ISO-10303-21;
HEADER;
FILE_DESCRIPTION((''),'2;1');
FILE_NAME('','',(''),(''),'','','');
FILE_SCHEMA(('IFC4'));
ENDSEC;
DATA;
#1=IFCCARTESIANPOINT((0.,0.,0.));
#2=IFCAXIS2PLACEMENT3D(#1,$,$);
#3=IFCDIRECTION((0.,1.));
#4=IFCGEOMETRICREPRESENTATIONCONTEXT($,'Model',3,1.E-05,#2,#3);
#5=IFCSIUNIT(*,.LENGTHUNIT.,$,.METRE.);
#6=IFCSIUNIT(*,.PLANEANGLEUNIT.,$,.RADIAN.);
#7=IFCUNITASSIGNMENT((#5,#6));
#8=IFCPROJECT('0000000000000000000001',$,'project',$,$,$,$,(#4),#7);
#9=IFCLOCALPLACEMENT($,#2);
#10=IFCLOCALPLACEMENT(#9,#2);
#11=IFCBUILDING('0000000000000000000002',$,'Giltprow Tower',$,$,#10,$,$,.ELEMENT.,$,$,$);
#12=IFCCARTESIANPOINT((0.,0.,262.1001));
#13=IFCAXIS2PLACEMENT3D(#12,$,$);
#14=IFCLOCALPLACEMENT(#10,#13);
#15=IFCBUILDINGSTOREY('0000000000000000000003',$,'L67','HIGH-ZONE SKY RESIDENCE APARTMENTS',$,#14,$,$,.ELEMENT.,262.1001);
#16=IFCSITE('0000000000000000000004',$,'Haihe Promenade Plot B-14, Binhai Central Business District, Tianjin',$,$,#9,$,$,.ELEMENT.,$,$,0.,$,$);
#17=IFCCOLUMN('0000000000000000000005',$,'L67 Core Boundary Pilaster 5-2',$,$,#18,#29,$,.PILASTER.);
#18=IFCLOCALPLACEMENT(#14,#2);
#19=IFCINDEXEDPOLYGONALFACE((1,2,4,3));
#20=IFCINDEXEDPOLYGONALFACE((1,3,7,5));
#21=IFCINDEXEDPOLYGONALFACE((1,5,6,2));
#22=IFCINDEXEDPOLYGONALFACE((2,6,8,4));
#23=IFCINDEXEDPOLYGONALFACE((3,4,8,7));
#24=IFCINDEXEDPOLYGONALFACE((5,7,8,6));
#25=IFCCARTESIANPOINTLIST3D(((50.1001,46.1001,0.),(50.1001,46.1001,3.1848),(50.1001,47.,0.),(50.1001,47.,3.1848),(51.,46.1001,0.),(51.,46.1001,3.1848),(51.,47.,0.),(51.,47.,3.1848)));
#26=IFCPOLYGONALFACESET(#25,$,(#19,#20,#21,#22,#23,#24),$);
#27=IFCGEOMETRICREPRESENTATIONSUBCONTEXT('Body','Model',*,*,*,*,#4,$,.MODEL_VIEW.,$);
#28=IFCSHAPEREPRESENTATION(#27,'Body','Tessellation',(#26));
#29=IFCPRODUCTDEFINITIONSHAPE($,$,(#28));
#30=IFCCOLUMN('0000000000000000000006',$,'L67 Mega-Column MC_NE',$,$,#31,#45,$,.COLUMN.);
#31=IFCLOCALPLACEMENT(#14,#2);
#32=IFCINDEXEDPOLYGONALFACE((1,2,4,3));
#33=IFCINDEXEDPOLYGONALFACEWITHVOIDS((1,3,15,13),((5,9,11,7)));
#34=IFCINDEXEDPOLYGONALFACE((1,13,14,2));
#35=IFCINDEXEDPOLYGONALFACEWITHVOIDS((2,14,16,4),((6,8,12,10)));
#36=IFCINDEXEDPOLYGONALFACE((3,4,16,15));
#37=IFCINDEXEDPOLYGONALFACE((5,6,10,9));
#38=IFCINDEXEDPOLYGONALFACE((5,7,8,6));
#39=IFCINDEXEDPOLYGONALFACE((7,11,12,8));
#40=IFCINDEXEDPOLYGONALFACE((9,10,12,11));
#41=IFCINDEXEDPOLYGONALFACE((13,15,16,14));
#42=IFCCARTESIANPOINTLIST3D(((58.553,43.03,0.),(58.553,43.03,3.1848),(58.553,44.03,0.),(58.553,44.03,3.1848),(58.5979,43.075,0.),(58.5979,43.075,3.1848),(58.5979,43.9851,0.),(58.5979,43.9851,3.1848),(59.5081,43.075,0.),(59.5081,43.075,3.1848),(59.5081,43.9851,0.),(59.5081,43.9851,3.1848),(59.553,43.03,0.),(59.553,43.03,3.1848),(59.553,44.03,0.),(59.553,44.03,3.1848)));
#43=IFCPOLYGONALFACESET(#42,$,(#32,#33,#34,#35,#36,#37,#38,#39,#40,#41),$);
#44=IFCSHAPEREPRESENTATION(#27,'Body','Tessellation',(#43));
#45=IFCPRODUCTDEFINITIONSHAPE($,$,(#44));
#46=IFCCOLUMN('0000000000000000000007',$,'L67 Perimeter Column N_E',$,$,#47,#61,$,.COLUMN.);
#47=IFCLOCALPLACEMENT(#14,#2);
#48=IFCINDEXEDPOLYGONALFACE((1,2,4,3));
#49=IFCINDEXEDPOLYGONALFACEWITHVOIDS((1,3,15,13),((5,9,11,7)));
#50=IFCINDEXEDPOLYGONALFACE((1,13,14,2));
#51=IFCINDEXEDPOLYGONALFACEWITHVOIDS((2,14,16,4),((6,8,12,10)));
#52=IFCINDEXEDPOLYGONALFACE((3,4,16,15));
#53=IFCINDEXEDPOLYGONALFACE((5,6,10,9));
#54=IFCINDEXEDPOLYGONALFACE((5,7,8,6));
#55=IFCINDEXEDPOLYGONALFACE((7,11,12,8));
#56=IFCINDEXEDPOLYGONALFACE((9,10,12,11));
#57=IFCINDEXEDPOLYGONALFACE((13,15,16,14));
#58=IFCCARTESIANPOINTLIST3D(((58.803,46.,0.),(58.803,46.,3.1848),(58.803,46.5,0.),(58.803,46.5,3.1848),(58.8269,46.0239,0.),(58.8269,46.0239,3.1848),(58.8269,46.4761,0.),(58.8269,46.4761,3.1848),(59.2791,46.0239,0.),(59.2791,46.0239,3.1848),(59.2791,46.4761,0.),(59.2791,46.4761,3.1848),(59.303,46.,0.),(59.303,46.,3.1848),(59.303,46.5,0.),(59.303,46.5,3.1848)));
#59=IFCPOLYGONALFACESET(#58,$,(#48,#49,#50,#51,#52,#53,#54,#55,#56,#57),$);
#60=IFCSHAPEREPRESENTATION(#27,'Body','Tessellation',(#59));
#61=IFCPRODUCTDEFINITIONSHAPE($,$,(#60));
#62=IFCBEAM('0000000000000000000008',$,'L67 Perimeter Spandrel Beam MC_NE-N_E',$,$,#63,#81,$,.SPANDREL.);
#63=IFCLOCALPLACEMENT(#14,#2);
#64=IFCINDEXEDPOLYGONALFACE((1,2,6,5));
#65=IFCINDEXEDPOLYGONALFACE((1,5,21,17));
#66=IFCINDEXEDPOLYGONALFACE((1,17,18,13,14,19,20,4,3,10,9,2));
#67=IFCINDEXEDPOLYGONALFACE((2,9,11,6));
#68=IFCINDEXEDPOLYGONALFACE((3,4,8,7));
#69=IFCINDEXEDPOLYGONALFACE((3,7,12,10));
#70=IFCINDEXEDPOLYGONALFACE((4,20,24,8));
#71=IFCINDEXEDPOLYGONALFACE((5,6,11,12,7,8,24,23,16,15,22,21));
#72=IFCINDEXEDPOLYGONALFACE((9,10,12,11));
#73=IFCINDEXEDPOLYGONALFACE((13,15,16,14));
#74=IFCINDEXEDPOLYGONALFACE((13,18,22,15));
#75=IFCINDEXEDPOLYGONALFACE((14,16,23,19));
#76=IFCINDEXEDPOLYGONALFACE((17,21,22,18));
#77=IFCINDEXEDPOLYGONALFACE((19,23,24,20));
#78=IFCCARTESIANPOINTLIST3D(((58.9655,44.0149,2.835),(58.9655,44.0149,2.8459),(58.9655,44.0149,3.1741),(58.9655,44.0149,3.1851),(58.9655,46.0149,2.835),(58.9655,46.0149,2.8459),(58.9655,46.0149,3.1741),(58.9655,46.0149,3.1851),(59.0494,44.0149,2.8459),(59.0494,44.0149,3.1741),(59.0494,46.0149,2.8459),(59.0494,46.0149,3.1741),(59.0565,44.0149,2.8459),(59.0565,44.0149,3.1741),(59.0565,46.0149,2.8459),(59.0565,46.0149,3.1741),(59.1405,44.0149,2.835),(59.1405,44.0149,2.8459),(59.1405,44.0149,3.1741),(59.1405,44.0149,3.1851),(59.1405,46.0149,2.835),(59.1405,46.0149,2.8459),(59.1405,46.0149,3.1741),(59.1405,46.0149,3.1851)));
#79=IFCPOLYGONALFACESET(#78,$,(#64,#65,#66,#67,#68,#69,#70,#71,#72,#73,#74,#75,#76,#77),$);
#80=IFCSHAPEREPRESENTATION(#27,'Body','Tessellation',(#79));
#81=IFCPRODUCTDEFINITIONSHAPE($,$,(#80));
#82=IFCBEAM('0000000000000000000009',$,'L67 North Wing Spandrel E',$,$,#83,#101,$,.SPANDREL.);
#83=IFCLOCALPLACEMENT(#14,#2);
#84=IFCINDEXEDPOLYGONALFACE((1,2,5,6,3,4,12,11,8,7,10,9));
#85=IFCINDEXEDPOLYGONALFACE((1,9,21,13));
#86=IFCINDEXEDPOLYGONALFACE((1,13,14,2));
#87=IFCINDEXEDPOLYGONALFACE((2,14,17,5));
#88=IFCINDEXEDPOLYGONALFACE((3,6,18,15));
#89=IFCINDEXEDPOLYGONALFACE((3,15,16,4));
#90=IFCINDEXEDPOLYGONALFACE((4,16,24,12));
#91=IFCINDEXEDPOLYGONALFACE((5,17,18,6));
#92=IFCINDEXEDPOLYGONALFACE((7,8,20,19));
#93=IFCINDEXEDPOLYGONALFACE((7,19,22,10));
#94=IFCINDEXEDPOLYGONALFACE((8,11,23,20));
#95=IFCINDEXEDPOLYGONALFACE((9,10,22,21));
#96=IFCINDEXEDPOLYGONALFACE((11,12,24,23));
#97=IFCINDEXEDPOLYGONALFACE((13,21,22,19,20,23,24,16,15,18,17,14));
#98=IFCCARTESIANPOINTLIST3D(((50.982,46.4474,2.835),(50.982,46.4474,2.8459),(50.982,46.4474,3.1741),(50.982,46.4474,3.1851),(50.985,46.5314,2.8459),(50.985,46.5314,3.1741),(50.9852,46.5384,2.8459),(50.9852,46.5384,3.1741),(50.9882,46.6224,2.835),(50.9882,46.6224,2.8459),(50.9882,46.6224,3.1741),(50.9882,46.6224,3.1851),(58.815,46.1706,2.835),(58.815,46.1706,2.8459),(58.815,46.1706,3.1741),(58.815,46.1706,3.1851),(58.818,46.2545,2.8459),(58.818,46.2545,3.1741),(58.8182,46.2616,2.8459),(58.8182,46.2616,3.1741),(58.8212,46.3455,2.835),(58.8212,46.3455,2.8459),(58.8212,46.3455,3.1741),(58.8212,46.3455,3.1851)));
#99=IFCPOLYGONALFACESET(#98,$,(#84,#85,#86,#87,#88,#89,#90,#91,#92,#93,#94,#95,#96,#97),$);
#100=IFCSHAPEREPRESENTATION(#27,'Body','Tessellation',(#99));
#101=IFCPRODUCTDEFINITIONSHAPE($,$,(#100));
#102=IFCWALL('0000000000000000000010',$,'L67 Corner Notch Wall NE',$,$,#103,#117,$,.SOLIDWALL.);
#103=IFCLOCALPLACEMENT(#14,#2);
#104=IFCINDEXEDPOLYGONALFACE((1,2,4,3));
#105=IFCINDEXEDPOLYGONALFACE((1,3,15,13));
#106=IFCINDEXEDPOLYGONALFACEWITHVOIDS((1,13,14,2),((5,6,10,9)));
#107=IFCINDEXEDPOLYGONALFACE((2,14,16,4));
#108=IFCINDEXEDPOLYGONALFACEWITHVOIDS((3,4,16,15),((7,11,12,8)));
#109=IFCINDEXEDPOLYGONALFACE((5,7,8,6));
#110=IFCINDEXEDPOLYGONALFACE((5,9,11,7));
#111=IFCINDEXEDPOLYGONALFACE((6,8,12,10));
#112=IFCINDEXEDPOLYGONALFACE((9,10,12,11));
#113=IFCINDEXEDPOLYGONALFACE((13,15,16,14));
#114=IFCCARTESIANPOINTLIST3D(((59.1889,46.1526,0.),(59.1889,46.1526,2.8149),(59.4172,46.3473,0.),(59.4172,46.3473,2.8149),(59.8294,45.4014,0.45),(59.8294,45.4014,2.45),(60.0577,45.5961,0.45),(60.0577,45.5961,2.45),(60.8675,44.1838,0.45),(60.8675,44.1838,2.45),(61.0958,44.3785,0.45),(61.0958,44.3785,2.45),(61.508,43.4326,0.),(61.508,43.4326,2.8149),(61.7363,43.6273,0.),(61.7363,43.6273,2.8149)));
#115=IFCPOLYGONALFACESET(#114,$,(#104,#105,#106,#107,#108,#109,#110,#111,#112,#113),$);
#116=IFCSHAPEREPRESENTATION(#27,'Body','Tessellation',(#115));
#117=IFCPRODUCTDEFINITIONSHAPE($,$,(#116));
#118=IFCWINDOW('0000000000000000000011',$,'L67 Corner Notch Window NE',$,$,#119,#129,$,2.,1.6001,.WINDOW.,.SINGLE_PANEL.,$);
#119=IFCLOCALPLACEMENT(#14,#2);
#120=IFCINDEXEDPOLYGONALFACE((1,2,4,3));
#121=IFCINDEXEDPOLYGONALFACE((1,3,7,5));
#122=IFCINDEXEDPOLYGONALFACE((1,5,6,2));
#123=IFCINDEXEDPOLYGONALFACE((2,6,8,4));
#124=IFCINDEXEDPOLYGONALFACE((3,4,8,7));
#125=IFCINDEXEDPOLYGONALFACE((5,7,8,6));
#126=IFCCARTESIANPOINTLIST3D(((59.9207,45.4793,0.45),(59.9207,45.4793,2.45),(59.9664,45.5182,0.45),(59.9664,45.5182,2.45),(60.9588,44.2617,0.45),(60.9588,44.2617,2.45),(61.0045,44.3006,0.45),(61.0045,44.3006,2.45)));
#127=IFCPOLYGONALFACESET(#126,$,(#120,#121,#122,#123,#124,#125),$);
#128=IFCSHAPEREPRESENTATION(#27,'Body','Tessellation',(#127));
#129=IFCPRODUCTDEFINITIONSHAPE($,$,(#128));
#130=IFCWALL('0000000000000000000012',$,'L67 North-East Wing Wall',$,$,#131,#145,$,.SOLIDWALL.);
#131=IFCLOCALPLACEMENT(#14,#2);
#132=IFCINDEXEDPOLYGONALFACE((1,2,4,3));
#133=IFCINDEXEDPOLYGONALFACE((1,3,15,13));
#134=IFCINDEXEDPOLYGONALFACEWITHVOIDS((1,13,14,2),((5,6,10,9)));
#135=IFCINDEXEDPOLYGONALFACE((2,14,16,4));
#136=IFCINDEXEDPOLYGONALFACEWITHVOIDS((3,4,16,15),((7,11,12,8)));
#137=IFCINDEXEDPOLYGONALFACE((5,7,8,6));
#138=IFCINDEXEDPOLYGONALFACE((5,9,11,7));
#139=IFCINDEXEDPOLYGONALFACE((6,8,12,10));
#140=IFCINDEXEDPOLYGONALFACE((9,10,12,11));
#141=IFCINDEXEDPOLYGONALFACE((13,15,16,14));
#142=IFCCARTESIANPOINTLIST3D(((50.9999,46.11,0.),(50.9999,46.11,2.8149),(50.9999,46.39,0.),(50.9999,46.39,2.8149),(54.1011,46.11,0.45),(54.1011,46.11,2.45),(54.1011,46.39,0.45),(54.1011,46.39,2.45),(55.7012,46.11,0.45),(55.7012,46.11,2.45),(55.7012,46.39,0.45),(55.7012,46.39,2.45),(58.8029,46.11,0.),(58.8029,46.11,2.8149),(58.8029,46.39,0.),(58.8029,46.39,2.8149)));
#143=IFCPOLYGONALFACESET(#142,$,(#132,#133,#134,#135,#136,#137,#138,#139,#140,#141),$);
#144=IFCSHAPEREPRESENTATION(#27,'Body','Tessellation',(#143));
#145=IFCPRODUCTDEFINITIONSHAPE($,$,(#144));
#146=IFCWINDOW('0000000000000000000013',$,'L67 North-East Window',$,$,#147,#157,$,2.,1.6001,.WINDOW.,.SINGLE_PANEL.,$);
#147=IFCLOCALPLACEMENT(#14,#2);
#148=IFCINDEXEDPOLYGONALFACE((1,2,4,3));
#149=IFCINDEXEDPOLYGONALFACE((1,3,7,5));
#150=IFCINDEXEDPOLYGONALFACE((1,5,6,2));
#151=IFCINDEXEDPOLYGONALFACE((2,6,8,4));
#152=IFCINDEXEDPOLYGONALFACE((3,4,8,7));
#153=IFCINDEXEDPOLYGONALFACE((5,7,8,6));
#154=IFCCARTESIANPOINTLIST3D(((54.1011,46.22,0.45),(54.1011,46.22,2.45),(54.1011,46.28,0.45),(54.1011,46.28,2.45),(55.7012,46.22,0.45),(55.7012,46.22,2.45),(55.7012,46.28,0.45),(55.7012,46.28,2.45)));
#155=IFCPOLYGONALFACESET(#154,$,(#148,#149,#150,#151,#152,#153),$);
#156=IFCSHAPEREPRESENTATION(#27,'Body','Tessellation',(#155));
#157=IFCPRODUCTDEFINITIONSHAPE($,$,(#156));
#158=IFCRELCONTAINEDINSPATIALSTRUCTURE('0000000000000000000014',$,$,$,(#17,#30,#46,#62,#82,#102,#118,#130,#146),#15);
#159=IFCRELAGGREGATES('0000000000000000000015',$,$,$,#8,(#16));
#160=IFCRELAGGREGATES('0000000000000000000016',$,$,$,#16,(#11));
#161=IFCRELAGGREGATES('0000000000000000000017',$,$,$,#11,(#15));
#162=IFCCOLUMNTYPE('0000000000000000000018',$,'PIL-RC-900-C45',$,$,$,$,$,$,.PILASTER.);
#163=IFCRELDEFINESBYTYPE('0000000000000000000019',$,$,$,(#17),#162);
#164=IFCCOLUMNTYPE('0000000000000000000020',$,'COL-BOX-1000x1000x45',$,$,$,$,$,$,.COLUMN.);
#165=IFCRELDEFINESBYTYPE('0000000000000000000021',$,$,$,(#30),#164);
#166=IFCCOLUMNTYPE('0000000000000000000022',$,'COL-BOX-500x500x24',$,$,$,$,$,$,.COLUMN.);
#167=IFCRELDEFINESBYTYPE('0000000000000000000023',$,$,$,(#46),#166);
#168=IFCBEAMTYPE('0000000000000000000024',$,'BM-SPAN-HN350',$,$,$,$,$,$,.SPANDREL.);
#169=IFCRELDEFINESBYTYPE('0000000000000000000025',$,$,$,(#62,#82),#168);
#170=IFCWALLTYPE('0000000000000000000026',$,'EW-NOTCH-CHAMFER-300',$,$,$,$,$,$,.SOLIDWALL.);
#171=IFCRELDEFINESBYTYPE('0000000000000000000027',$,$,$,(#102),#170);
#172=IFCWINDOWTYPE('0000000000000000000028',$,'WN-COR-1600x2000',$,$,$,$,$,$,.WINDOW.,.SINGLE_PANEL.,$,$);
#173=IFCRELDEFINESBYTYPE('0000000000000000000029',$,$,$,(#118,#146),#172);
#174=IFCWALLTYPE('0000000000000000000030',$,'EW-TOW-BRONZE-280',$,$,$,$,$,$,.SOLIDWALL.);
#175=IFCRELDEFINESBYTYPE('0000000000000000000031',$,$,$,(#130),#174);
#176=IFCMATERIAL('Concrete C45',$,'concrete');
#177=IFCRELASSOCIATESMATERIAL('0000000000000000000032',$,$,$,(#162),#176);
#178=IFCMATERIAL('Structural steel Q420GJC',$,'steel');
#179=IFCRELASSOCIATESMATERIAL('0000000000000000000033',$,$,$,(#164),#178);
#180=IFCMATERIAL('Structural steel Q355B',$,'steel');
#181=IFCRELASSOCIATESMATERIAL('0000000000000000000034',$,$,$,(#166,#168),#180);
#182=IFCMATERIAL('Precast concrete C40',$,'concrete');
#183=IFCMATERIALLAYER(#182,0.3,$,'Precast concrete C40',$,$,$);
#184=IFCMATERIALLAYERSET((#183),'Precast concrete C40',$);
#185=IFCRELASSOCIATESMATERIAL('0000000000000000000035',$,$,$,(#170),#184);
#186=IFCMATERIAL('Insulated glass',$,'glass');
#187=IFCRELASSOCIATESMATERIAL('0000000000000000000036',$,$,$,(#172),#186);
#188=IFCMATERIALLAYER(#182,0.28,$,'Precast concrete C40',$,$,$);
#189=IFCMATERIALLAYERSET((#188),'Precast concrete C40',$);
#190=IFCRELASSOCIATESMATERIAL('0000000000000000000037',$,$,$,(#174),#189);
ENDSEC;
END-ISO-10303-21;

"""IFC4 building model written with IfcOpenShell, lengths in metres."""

from ifc_helpers import new_model, si_unit, direction, frame, frame_2d, origin, origin_2d, place, context, subcontext, project, spatial, rectangle, hollow_rectangle, i_section, extrude, source, transform, mapped, material, layer, layer_set, material_profile, profile_set, type_object, element, fill, save


model = new_model("IFC4")

# Units and contexts
model_context = context("Model", 3, precision=1e-05, world=origin(), true_north=direction((0.0, 1.0)))
body_context = subcontext(model_context, "Body", "Model", "MODEL_VIEW")
ifc_project = project(units=[si_unit("LENGTHUNIT", "METRE"), si_unit("PLANEANGLEUNIT", "RADIAN")], contexts=[model_context])

# Site, building, storey
site_placement = place(None, origin())
site = spatial("IfcSite", under=ifc_project, at=site_placement, Name="Haihe Promenade Plot B-14, Binhai Central Business District, Tianjin", CompositionType="ELEMENT", RefElevation=0.0)
building_placement = place(site_placement, origin())
building = spatial("IfcBuilding", under=site, at=building_placement, Name="Giltprow Tower", CompositionType="ELEMENT")
storey_placement = place(building_placement, frame((0.0, 0.0, 262.1001)))
storey = spatial("IfcBuildingStorey", under=building, at=storey_placement, Name="L67", Description="HIGH-ZONE SKY RESIDENCE APARTMENTS", CompositionType="ELEMENT", Elevation=262.1001)

# Columns
ifc_material_1 = material(Name="Concrete C45", Category="concrete")
ifc_material_profile_1 = material_profile(ifc_material_1, rectangle(XDim=0.8999, YDim=0.8999, at=origin_2d()), Name="RC 900x900")
ifc_profile_set_1 = profile_set([ifc_material_profile_1], Name="Concrete C45")
column_type_1 = type_object("IfcColumnType", Name="PIL-RC-900-C45", PredefinedType="PILASTER", material=ifc_profile_set_1)
shared_shape_1 = source(origin(), body_context, "Body", "SweptSolid", [
    extrude(rectangle(XDim=0.8999, YDim=0.8999, at=origin_2d()), origin(), (0.0, 0.0, 1.0), 3.1848),
])
column_1_placement = place(storey_placement, frame((50.55, 46.55, 0.0), z_axis=(0.0, 0.0, 1.0), x_axis=(1.0, 0.0, 0.0)))
element("IfcColumn", 1, at=column_1_placement, inside=storey, type_object=column_type_1, Name="L67 Core Boundary Pilaster 5-2", PredefinedType="PILASTER", context=body_context, shape_type="MappedRepresentation", body=[
    mapped(shared_shape_1, transform((0.0, 0.0, 0.0), x_axis=(1.0, 0.0, 0.0), y_axis=(0.0, 1.0, 0.0), z_axis=(0.0, 0.0, 1.0), scale=1.0)),
])
ifc_material_2 = material(Name="Structural steel Q420GJC", Category="steel")
ifc_material_profile_2 = material_profile(ifc_material_2, hollow_rectangle(XDim=1.0, YDim=1.0, WallThickness=0.0449, at=origin_2d()), Name="BOX 1000x1000x45")
ifc_profile_set_2 = profile_set([ifc_material_profile_2], Name="Structural steel Q420GJC")
column_type_2 = type_object("IfcColumnType", Name="COL-BOX-1000x1000x45", PredefinedType="COLUMN", material=ifc_profile_set_2)
shared_shape_2 = source(origin(), body_context, "Body", "SweptSolid", [
    extrude(hollow_rectangle(XDim=1.0, YDim=1.0, WallThickness=0.0449, at=origin_2d()), origin(), (0.0, 0.0, 1.0), 3.1848),
])
column_2_placement = place(storey_placement, frame((59.053, 43.53, 0.0), z_axis=(0.0, 0.0, 1.0), x_axis=(1.0, 0.0, 0.0)))
element("IfcColumn", 2, at=column_2_placement, inside=storey, type_object=column_type_2, Name="L67 Mega-Column MC_NE", PredefinedType="COLUMN", context=body_context, shape_type="MappedRepresentation", body=[
    mapped(shared_shape_2, transform((0.0, 0.0, 0.0), x_axis=(1.0, 0.0, 0.0), y_axis=(0.0, 1.0, 0.0), z_axis=(0.0, 0.0, 1.0), scale=1.0)),
])
ifc_material_3 = material(Name="Structural steel Q355B", Category="steel")
ifc_material_profile_3 = material_profile(ifc_material_3, hollow_rectangle(XDim=0.5, YDim=0.5, WallThickness=0.0239, at=origin_2d()), Name="BOX 500x500x24")
ifc_profile_set_3 = profile_set([ifc_material_profile_3], Name="Structural steel Q355B")
column_type_3 = type_object("IfcColumnType", Name="COL-BOX-500x500x24", PredefinedType="COLUMN", material=ifc_profile_set_3)
shared_shape_3 = source(origin(), body_context, "Body", "SweptSolid", [
    extrude(hollow_rectangle(XDim=0.5, YDim=0.5, WallThickness=0.0239, at=origin_2d()), origin(), (0.0, 0.0, 1.0), 3.1848),
])
column_3_placement = place(storey_placement, frame((59.053, 46.25, 0.0), z_axis=(0.0, 0.0, 1.0), x_axis=(1.0, 0.0, 0.0)))
element("IfcColumn", 3, at=column_3_placement, inside=storey, type_object=column_type_3, Name="L67 Perimeter Column N_E", PredefinedType="COLUMN", context=body_context, shape_type="MappedRepresentation", body=[
    mapped(shared_shape_3, transform((0.0, 0.0, 0.0), x_axis=(1.0, 0.0, 0.0), y_axis=(0.0, 1.0, 0.0), z_axis=(0.0, 0.0, 1.0), scale=1.0)),
])

# Beams
ifc_material_profile_4 = material_profile(ifc_material_3, i_section(OverallWidth=0.175, OverallDepth=0.3501, WebThickness=0.0071, FlangeThickness=0.011, at=origin_2d()), Name="HN 350x175x7x11")
ifc_profile_set_4 = profile_set([ifc_material_profile_4], Name="Structural steel Q355B")
beam_type = type_object("IfcBeamType", Name="BM-SPAN-HN350", PredefinedType="SPANDREL", material=ifc_profile_set_4)
shared_shape_4 = source(origin(), body_context, "Body", "SweptSolid", [
    extrude(i_section(OverallWidth=0.175, OverallDepth=0.3501, WebThickness=0.0071, FlangeThickness=0.011, at=origin_2d()), origin(), (0.0, 0.0, 1.0), 2.0),
])
beam_1_placement = place(storey_placement, frame((59.053, 44.0149, 3.01), z_axis=(0.0, 1.0, 0.0), x_axis=(-1.0, 0.0, 0.0)))
element("IfcBeam", 4, at=beam_1_placement, inside=storey, type_object=beam_type, Name="L67 Perimeter Spandrel Beam MC_NE-N_E", PredefinedType="SPANDREL", context=body_context, shape_type="MappedRepresentation", body=[
    mapped(shared_shape_4, transform((0.0, 0.0, 0.0), x_axis=(1.0, 0.0, 0.0), y_axis=(0.0, 1.0, 0.0), z_axis=(0.0, 0.0, 1.0), scale=1.0)),
])
shared_shape_5 = source(origin(), body_context, "Body", "SweptSolid", [
    extrude(i_section(OverallWidth=0.175, OverallDepth=0.3501, WebThickness=0.0071, FlangeThickness=0.011, at=origin_2d()), origin(), (0.0, 0.0, 1.0), 7.8379),
])
beam_2_placement = place(storey_placement, frame((50.9851, 46.5349, 3.01), z_axis=(0.999376, -0.035323, 0.0), x_axis=(0.035323, 0.999376, 0.0)))
element("IfcBeam", 5, at=beam_2_placement, inside=storey, type_object=beam_type, Name="L67 North Wing Spandrel E", PredefinedType="SPANDREL", context=body_context, shape_type="MappedRepresentation", body=[
    mapped(shared_shape_5, transform((0.0, 0.0, 0.0), x_axis=(1.0, 0.0, 0.0), y_axis=(0.0, 1.0, 0.0), z_axis=(0.0, 0.0, 1.0), scale=1.0)),
])

# Walls, openings, windows
ifc_material_4 = material(Name="Precast concrete C40", Category="concrete")
ifc_layer_1 = layer(ifc_material_4, 0.3, Name="Precast concrete C40")
ifc_layer_set_1 = layer_set([ifc_layer_1], Name="Precast concrete C40")
wall_type_1 = type_object("IfcWallType", Name="EW-NOTCH-CHAMFER-300", PredefinedType="SOLIDWALL", material=ifc_layer_set_1)
wall_1_placement = place(storey_placement, frame((61.6221, 43.53, 0.0), z_axis=(0.0, 0.0, 1.0), x_axis=(-0.648804, 0.760956, 0.0)))
wall_1 = element("IfcWall", 6, at=wall_1_placement, inside=storey, type_object=wall_type_1, Name="L67 Corner Notch Wall NE", PredefinedType="SOLIDWALL", context=body_context, shape_type="SweptSolid", body=[
    extrude(rectangle(XDim=3.5745, YDim=0.3, at=frame_2d((1.7871, 0.0))), origin(), (0.0, 0.0, 1.0), 2.8149),
])
opening_1_placement = place(wall_1_placement, frame((0.9871, 0.0, 0.45)))
opening_1 = element("IfcOpeningElement", 7, at=opening_1_placement, cuts=wall_1, PredefinedType="OPENING", context=body_context, shape_type="SweptSolid", body=[
    extrude(rectangle(XDim=1.6001, YDim=2.0, at=frame_2d((0.8, 1.0))), frame((0.0, 0.1599, 0.0), z_axis=(0.0, -1.0, 0.0), x_axis=(1.0, 0.0, 0.0)), (0.0, 0.0, 1.0), 0.3201),
])
ifc_material_5 = material(Name="Insulated glass", Category="glass")
window_type = type_object("IfcWindowType", Name="WN-COR-1600x2000", PartitioningType="SINGLE_PANEL", PredefinedType="WINDOW", material=ifc_material_5)
shared_shape_6 = source(origin(), body_context, "Body", "SweptSolid", [
    extrude(rectangle(XDim=1.6001, YDim=2.0, at=frame_2d((0.8, 1.0))), frame((0.0, 0.03, 0.0), z_axis=(0.0, -1.0, 0.0), x_axis=(1.0, 0.0, 0.0)), (0.0, 0.0, 1.0), 0.0601),
])
window_1_placement = place(opening_1_placement, origin())
window_1 = element("IfcWindow", 8, at=window_1_placement, inside=storey, type_object=window_type, Name="L67 Corner Notch Window NE", OverallHeight=2.0, OverallWidth=1.6001, PartitioningType="SINGLE_PANEL", PredefinedType="WINDOW", context=body_context, shape_type="MappedRepresentation", body=[
    mapped(shared_shape_6, transform((0.0, 0.0, 0.0), x_axis=(1.0, 0.0, 0.0), y_axis=(0.0, 1.0, 0.0), z_axis=(0.0, 0.0, 1.0), scale=1.0)),
])
fill(opening_1, window_1)
ifc_layer_2 = layer(ifc_material_4, 0.28, Name="Precast concrete C40")
ifc_layer_set_2 = layer_set([ifc_layer_2], Name="Precast concrete C40")
wall_type_2 = type_object("IfcWallType", Name="EW-TOW-BRONZE-280", PredefinedType="SOLIDWALL", material=ifc_layer_set_2)
wall_2_placement = place(storey_placement, frame((51.0, 46.25, 0.0), z_axis=(0.0, 0.0, 1.0), x_axis=(1.0, 0.0, 0.0)))
wall_2 = element("IfcWall", 9, at=wall_2_placement, inside=storey, type_object=wall_type_2, Name="L67 North-East Wing Wall", PredefinedType="SOLIDWALL", context=body_context, shape_type="SweptSolid", body=[
    extrude(rectangle(XDim=7.803, YDim=0.28, at=frame_2d((3.9014, 0.0))), origin(), (0.0, 0.0, 1.0), 2.8149),
])
opening_2_placement = place(wall_2_placement, frame((3.1011, 0.0, 0.45)))
opening_2 = element("IfcOpeningElement", 10, at=opening_2_placement, cuts=wall_2, PredefinedType="OPENING", context=body_context, shape_type="SweptSolid", body=[
    extrude(rectangle(XDim=1.6001, YDim=2.0, at=frame_2d((0.8, 1.0))), frame((0.0, 0.1499, 0.0), z_axis=(0.0, -1.0, 0.0), x_axis=(1.0, 0.0, 0.0)), (0.0, 0.0, 1.0), 0.3),
])
window_2_placement = place(opening_2_placement, origin())
window_2 = element("IfcWindow", 11, at=window_2_placement, inside=storey, type_object=window_type, Name="L67 North-East Window", OverallHeight=2.0, OverallWidth=1.6001, PartitioningType="SINGLE_PANEL", PredefinedType="WINDOW", context=body_context, shape_type="MappedRepresentation", body=[
    mapped(shared_shape_6, transform((0.0, 0.0, 0.0), x_axis=(1.0, 0.0, 0.0), y_axis=(0.0, 1.0, 0.0), z_axis=(0.0, 0.0, 1.0), scale=1.0)),
])
fill(opening_2, window_2)

save(model, "model.ifc")
